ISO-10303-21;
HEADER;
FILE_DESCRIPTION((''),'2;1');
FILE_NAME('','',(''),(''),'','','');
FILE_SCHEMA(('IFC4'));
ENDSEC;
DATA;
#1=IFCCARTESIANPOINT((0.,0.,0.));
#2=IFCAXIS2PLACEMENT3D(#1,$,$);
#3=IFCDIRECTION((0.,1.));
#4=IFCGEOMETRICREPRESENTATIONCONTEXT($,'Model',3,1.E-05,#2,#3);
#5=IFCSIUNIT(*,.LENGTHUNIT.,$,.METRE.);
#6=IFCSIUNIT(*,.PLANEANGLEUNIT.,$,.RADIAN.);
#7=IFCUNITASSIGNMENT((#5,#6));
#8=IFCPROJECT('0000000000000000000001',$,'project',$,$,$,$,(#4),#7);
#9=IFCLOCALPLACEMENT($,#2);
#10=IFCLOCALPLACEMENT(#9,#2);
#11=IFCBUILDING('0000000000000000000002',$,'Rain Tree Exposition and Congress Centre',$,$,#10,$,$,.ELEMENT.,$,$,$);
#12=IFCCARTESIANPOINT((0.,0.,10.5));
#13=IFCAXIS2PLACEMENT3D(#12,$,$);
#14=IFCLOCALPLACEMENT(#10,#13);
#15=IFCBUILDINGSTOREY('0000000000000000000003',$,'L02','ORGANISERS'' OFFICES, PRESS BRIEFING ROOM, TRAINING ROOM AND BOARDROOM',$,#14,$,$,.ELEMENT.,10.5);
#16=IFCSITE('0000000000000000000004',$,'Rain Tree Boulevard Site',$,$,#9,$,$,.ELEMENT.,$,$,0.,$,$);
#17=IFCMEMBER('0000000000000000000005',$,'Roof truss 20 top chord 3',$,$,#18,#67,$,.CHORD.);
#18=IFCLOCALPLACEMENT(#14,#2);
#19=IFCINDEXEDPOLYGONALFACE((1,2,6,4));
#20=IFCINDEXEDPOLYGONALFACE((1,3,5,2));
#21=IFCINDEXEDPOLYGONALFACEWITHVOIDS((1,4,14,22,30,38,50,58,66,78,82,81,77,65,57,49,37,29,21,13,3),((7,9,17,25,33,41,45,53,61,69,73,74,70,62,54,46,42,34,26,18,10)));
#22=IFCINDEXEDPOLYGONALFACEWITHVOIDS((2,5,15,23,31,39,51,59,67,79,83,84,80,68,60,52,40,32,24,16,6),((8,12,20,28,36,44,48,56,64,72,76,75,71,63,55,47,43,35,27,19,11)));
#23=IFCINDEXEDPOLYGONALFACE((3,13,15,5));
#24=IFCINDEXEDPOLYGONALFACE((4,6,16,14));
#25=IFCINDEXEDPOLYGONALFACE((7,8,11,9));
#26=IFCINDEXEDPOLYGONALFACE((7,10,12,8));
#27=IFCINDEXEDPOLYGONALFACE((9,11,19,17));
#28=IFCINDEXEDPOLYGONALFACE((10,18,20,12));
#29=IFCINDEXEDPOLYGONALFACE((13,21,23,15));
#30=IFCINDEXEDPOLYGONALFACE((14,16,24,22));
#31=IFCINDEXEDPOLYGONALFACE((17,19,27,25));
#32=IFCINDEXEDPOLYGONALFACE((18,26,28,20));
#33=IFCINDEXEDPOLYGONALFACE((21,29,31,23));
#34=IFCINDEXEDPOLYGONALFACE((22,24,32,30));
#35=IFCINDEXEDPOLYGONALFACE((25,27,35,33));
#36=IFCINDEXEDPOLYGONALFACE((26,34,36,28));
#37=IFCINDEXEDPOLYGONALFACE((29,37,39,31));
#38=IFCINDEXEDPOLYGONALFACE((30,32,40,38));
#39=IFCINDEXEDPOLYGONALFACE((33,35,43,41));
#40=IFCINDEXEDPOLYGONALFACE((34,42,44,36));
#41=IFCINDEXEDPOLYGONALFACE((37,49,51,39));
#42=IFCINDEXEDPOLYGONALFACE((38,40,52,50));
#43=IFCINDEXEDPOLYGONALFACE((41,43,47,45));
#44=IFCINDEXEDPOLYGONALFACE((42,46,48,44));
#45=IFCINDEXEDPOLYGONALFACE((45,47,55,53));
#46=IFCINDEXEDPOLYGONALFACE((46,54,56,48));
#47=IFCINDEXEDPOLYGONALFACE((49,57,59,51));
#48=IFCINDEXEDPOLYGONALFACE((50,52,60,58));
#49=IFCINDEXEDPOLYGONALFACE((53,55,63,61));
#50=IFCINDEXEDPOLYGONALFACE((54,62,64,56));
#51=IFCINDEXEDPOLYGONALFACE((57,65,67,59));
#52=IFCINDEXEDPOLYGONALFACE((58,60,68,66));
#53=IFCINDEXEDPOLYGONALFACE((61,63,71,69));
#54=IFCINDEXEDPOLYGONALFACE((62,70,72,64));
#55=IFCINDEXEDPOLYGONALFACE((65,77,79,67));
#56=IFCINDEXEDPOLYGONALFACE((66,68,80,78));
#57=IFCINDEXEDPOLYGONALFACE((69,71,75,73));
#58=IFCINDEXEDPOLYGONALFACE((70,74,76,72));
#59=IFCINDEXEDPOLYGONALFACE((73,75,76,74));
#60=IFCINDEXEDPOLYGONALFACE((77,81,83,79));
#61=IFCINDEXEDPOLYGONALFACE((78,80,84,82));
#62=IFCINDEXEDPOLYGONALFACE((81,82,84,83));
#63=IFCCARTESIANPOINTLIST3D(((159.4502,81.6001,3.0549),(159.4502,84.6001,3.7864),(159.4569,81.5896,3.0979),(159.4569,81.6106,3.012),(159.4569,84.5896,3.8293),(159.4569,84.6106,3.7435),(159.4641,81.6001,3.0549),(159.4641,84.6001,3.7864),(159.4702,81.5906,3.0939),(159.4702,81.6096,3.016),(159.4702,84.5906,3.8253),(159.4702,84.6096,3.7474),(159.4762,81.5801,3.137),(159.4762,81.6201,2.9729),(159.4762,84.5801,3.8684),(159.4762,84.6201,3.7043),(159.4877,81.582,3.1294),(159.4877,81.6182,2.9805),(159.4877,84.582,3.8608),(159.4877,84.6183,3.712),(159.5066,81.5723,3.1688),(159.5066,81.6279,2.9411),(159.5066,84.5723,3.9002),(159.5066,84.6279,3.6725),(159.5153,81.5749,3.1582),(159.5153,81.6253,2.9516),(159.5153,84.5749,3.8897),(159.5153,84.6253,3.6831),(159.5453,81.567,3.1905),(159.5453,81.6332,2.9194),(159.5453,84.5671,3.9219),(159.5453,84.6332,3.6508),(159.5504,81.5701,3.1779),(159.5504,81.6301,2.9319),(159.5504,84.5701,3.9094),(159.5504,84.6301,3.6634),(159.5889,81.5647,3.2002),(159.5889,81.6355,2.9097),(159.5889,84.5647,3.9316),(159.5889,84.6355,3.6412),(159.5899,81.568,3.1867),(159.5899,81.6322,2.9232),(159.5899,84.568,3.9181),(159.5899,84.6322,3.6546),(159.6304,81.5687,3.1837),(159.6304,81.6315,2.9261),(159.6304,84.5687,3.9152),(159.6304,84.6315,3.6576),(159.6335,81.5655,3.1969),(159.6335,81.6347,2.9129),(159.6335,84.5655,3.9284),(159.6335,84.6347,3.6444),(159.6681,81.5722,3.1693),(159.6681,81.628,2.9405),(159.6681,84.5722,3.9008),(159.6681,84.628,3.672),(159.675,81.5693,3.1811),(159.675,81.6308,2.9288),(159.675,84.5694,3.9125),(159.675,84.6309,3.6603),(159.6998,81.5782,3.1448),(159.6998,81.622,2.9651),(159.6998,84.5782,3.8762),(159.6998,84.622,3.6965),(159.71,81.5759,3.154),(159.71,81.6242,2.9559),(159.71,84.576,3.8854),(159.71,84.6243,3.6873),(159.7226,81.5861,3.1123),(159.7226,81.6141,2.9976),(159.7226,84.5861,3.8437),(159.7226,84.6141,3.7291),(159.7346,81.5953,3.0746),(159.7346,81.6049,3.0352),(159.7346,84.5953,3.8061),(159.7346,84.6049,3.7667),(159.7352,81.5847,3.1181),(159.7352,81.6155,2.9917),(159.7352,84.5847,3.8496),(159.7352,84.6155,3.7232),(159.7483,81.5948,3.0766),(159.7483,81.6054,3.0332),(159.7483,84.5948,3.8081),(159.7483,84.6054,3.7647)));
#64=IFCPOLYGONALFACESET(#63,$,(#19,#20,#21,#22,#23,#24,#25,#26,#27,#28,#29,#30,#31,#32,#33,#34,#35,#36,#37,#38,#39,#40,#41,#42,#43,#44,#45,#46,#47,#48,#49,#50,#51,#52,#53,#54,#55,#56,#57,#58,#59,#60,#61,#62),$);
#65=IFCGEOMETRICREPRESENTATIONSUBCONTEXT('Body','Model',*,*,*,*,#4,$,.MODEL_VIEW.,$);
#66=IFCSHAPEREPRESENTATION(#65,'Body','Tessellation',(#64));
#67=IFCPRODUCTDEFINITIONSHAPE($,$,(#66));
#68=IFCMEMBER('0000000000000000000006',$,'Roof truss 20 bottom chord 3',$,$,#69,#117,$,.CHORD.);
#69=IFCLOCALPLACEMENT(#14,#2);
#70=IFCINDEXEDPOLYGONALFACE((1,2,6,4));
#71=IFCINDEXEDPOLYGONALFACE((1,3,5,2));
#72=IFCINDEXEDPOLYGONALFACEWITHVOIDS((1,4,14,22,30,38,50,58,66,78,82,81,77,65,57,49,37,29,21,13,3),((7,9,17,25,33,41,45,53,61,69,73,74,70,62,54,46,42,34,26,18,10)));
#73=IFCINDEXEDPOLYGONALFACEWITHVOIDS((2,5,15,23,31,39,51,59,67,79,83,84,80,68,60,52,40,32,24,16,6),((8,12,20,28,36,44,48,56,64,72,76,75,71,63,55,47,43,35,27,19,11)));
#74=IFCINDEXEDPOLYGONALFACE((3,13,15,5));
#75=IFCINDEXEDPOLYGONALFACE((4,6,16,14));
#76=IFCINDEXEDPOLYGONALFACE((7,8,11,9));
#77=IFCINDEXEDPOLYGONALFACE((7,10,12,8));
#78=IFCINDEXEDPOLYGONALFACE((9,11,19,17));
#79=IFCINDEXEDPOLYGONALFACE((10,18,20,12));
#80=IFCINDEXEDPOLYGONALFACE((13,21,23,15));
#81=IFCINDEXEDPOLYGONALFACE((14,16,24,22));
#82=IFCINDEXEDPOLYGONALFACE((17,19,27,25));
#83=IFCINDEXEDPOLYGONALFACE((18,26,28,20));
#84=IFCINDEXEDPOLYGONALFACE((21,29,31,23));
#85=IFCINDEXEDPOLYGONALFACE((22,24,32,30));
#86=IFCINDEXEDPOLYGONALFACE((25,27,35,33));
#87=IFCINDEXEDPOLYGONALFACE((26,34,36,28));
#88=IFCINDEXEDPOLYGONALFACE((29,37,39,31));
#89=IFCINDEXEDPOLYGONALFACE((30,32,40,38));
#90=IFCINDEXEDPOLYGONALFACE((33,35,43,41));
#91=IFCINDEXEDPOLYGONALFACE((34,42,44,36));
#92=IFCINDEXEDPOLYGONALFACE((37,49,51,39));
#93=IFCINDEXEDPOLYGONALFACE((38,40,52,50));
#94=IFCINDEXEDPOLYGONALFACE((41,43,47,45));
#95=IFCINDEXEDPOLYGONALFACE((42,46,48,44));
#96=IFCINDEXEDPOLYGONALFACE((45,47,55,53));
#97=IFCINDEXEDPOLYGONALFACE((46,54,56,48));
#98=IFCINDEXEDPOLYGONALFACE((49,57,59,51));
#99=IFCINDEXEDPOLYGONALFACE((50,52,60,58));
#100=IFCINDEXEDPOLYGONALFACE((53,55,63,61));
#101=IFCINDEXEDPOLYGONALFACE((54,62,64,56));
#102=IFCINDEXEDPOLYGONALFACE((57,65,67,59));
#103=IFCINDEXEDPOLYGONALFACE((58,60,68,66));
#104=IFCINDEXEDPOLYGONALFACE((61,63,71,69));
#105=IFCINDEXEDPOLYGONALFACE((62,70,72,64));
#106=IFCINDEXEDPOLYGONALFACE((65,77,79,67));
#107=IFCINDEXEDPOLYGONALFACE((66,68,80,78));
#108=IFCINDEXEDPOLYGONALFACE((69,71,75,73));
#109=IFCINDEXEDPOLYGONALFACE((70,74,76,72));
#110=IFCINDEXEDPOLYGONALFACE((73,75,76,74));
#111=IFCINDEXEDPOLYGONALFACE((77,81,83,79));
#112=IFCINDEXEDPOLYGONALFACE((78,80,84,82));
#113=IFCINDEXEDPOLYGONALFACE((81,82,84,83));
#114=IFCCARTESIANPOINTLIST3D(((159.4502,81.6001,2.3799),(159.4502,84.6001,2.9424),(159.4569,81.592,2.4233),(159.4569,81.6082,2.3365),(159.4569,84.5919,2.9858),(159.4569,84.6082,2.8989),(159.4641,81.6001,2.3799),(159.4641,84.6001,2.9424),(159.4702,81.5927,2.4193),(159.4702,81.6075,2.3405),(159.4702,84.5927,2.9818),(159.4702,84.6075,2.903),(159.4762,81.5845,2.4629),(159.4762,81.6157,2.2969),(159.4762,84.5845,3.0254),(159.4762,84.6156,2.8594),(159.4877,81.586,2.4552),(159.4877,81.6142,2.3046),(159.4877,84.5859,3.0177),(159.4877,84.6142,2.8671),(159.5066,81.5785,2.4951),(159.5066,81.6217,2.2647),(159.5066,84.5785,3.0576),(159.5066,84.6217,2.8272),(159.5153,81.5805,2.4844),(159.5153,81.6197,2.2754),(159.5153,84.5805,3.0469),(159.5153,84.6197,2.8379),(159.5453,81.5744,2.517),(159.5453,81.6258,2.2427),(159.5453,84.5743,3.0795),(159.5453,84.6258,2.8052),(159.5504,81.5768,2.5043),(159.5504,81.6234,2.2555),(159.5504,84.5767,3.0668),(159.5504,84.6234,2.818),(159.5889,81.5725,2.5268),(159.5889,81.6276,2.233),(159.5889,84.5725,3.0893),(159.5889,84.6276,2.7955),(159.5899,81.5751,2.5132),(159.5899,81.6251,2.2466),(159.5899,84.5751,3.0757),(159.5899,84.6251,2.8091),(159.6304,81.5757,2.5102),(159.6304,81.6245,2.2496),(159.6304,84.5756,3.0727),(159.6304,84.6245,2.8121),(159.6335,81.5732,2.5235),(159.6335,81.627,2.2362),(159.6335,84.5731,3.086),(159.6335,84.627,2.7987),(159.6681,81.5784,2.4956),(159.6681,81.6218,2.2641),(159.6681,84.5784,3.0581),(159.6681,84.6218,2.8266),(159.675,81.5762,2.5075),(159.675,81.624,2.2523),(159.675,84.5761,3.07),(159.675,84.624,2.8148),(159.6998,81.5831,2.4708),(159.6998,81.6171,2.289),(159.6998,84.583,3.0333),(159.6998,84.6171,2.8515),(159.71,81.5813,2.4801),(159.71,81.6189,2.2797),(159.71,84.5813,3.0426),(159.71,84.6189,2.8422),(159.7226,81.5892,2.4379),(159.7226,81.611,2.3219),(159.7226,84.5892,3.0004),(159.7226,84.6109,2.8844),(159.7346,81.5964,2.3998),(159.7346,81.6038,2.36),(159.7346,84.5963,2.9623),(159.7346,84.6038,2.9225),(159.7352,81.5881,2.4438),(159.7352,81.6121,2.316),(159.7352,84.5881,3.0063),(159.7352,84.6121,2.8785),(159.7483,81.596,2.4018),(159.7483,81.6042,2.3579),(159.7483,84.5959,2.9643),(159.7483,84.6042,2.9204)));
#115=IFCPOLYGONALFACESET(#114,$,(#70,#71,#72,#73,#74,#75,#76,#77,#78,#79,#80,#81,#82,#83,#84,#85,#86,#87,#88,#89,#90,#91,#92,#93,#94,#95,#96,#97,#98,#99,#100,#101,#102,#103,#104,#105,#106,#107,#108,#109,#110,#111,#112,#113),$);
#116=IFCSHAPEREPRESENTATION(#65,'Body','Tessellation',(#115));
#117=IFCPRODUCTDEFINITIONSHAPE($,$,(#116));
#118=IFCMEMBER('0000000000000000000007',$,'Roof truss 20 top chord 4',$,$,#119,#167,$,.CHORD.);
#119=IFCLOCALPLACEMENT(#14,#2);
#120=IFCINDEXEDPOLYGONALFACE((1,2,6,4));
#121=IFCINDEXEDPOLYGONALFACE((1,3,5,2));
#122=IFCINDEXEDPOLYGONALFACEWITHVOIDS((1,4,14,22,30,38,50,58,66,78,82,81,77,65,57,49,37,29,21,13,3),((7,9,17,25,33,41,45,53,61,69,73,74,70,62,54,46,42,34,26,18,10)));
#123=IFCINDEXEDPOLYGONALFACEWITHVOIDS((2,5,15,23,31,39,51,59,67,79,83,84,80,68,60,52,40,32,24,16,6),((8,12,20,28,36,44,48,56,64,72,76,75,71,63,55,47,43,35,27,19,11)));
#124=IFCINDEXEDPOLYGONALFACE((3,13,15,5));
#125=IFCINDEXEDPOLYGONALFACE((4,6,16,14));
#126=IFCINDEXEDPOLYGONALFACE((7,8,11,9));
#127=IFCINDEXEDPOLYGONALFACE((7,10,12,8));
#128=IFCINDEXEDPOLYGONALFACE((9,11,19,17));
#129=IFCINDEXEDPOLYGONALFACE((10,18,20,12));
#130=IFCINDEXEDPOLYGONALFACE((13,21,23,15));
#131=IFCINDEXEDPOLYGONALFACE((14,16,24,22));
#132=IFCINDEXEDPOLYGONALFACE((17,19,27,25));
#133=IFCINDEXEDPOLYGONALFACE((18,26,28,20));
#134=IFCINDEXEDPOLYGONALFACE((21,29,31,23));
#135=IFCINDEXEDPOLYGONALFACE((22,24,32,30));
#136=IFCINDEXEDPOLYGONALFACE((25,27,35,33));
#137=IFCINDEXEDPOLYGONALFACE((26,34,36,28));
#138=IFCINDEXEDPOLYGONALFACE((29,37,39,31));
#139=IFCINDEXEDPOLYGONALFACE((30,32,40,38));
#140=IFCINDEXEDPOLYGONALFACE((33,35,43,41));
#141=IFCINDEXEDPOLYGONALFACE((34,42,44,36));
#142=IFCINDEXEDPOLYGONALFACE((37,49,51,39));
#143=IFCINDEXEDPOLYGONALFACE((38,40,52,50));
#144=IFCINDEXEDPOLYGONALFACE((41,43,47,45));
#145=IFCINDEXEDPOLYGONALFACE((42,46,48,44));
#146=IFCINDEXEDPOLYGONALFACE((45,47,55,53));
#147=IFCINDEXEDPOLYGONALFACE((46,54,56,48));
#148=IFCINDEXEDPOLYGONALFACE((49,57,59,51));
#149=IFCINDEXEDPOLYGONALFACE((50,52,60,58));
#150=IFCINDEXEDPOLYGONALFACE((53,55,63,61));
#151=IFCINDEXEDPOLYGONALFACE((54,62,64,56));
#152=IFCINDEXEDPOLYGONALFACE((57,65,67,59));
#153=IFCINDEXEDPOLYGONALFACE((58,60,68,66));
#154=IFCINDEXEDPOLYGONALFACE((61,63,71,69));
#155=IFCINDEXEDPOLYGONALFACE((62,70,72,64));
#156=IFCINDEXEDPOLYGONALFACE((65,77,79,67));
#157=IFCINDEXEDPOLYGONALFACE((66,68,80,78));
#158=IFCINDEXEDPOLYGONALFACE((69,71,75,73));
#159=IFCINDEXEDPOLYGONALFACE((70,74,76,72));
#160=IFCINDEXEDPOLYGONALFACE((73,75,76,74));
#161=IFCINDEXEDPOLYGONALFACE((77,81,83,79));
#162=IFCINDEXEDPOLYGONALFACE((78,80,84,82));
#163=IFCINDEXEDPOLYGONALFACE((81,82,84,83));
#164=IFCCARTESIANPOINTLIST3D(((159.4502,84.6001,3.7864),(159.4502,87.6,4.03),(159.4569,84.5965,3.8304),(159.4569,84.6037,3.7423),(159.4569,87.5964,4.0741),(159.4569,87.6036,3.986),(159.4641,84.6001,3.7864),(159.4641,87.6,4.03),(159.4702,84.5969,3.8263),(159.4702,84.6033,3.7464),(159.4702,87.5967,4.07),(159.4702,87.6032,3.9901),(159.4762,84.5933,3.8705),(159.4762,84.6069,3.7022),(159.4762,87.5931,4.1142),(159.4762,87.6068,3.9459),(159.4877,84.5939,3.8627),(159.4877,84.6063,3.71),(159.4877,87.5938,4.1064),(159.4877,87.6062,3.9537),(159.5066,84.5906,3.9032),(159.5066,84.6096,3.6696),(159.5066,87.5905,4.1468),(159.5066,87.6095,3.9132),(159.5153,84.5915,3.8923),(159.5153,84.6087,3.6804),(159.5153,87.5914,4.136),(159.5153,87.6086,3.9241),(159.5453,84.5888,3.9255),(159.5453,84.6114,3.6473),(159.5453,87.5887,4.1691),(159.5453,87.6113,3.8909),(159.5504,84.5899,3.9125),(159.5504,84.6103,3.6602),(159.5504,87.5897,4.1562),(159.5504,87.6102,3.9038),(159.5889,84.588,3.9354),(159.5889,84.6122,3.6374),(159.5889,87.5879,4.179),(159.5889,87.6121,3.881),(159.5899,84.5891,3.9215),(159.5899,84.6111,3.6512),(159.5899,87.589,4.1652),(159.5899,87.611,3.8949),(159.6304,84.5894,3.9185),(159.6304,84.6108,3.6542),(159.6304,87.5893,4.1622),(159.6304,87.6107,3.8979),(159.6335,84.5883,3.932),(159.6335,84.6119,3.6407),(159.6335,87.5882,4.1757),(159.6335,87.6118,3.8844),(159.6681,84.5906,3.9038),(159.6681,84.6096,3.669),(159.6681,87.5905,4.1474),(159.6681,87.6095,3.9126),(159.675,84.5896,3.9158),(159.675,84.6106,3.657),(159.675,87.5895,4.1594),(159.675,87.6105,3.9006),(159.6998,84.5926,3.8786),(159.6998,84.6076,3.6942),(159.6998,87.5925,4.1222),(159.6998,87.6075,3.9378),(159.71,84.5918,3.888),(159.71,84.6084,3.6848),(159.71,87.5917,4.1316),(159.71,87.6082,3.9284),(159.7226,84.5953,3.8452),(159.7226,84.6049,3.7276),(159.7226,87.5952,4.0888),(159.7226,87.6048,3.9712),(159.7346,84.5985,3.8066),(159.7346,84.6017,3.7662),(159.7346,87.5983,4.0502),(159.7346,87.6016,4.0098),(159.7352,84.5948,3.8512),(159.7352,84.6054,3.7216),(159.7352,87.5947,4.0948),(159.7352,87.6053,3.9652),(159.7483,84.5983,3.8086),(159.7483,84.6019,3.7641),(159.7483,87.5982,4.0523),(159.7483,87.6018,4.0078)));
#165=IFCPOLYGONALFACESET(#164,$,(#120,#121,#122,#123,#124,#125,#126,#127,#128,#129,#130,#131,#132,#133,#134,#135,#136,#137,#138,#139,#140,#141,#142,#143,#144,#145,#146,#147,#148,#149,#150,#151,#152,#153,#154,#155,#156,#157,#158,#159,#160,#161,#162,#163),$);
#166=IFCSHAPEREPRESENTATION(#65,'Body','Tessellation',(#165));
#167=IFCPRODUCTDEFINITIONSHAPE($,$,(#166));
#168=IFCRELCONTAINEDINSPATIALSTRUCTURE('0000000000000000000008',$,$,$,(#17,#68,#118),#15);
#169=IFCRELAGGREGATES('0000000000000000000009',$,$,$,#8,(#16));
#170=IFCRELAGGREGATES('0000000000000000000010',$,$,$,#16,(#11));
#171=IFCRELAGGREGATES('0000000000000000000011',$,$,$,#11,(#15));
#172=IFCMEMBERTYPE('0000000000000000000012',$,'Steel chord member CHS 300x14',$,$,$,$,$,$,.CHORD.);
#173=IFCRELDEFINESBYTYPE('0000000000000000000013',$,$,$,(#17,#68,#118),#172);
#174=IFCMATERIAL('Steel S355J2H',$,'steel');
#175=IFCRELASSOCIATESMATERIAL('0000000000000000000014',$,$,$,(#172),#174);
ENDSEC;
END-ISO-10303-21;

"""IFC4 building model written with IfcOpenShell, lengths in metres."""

from ifc_helpers import new_model, si_unit, direction, frame, origin, origin_2d, place, context, subcontext, project, spatial, hollow_circle, extrude, material, material_profile, profile_set, type_object, element, save


model = new_model("IFC4")

# Units and contexts
model_context = context("Model", 3, precision=1e-05, world=origin(), true_north=direction((0.0, 1.0)))
body_context = subcontext(model_context, "Body", "Model", "MODEL_VIEW")
ifc_project = project(units=[si_unit("LENGTHUNIT", "METRE"), si_unit("PLANEANGLEUNIT", "RADIAN")], contexts=[model_context])

# Site, building, storey
site_placement = place(None, origin())
site = spatial("IfcSite", under=ifc_project, at=site_placement, Name="Rain Tree Boulevard Site", CompositionType="ELEMENT", RefElevation=0.0)
building_placement = place(site_placement, origin())
building = spatial("IfcBuilding", under=site, at=building_placement, Name="Rain Tree Exposition and Congress Centre", CompositionType="ELEMENT")
storey_placement = place(building_placement, frame((0.0, 0.0, 10.5)))
storey = spatial("IfcBuildingStorey", under=building, at=storey_placement, Name="L02", Description="ORGANISERS' OFFICES, PRESS BRIEFING ROOM, TRAINING ROOM AND BOARDROOM", CompositionType="ELEMENT", Elevation=10.5)

# Members
ifc_material_1 = material(Name="Steel S355J2H", Category="steel")
ifc_material_profile_1 = material_profile(ifc_material_1, hollow_circle(Radius=0.1499, WallThickness=0.0139, at=origin_2d()), Name="CHS 300x14")
ifc_profile_set_1 = profile_set([ifc_material_profile_1], Name="Steel S355J2H")
member_type_1 = type_object("IfcMemberType", Name="Steel chord member CHS 300x14", PredefinedType="CHORD", material=ifc_profile_set_1)
member_1_placement = place(storey_placement, frame((159.6001, 81.6001, 3.0549), z_axis=(0.0, 0.97154, 0.236876), x_axis=(-1.0, 0.0, 0.0)))
element("IfcMember", 1, at=member_1_placement, inside=storey, type_object=member_type_1, Name="Roof truss 20 top chord 3", PredefinedType="CHORD", context=body_context, shape_type="SweptSolid", body=[
    extrude(hollow_circle(Radius=0.1499, WallThickness=0.0139, at=origin_2d()), origin(), (0.0, 0.0, 1.0), 3.0879),
])
member_2_placement = place(storey_placement, frame((159.6001, 81.6001, 2.3799), z_axis=(0.0, 0.982872, 0.184289), x_axis=(-1.0, 0.0, 0.0)))
element("IfcMember", 2, at=member_2_placement, inside=storey, type_object=member_type_1, Name="Roof truss 20 bottom chord 3", PredefinedType="CHORD", context=body_context, shape_type="SweptSolid", body=[
    extrude(hollow_circle(Radius=0.1499, WallThickness=0.0139, at=origin_2d()), origin(), (0.0, 0.0, 1.0), 3.0522),
])
member_3_placement = place(storey_placement, frame((159.6001, 84.6001, 3.7864), z_axis=(0.0, 0.996718, 0.080951), x_axis=(-1.0, 0.0, 0.0)))
element("IfcMember", 3, at=member_3_placement, inside=storey, type_object=member_type_1, Name="Roof truss 20 top chord 4", PredefinedType="CHORD", context=body_context, shape_type="SweptSolid", body=[
    extrude(hollow_circle(Radius=0.1499, WallThickness=0.0139, at=origin_2d()), origin(), (0.0, 0.0, 1.0), 3.0098),
])

save(model, "model.ifc")
